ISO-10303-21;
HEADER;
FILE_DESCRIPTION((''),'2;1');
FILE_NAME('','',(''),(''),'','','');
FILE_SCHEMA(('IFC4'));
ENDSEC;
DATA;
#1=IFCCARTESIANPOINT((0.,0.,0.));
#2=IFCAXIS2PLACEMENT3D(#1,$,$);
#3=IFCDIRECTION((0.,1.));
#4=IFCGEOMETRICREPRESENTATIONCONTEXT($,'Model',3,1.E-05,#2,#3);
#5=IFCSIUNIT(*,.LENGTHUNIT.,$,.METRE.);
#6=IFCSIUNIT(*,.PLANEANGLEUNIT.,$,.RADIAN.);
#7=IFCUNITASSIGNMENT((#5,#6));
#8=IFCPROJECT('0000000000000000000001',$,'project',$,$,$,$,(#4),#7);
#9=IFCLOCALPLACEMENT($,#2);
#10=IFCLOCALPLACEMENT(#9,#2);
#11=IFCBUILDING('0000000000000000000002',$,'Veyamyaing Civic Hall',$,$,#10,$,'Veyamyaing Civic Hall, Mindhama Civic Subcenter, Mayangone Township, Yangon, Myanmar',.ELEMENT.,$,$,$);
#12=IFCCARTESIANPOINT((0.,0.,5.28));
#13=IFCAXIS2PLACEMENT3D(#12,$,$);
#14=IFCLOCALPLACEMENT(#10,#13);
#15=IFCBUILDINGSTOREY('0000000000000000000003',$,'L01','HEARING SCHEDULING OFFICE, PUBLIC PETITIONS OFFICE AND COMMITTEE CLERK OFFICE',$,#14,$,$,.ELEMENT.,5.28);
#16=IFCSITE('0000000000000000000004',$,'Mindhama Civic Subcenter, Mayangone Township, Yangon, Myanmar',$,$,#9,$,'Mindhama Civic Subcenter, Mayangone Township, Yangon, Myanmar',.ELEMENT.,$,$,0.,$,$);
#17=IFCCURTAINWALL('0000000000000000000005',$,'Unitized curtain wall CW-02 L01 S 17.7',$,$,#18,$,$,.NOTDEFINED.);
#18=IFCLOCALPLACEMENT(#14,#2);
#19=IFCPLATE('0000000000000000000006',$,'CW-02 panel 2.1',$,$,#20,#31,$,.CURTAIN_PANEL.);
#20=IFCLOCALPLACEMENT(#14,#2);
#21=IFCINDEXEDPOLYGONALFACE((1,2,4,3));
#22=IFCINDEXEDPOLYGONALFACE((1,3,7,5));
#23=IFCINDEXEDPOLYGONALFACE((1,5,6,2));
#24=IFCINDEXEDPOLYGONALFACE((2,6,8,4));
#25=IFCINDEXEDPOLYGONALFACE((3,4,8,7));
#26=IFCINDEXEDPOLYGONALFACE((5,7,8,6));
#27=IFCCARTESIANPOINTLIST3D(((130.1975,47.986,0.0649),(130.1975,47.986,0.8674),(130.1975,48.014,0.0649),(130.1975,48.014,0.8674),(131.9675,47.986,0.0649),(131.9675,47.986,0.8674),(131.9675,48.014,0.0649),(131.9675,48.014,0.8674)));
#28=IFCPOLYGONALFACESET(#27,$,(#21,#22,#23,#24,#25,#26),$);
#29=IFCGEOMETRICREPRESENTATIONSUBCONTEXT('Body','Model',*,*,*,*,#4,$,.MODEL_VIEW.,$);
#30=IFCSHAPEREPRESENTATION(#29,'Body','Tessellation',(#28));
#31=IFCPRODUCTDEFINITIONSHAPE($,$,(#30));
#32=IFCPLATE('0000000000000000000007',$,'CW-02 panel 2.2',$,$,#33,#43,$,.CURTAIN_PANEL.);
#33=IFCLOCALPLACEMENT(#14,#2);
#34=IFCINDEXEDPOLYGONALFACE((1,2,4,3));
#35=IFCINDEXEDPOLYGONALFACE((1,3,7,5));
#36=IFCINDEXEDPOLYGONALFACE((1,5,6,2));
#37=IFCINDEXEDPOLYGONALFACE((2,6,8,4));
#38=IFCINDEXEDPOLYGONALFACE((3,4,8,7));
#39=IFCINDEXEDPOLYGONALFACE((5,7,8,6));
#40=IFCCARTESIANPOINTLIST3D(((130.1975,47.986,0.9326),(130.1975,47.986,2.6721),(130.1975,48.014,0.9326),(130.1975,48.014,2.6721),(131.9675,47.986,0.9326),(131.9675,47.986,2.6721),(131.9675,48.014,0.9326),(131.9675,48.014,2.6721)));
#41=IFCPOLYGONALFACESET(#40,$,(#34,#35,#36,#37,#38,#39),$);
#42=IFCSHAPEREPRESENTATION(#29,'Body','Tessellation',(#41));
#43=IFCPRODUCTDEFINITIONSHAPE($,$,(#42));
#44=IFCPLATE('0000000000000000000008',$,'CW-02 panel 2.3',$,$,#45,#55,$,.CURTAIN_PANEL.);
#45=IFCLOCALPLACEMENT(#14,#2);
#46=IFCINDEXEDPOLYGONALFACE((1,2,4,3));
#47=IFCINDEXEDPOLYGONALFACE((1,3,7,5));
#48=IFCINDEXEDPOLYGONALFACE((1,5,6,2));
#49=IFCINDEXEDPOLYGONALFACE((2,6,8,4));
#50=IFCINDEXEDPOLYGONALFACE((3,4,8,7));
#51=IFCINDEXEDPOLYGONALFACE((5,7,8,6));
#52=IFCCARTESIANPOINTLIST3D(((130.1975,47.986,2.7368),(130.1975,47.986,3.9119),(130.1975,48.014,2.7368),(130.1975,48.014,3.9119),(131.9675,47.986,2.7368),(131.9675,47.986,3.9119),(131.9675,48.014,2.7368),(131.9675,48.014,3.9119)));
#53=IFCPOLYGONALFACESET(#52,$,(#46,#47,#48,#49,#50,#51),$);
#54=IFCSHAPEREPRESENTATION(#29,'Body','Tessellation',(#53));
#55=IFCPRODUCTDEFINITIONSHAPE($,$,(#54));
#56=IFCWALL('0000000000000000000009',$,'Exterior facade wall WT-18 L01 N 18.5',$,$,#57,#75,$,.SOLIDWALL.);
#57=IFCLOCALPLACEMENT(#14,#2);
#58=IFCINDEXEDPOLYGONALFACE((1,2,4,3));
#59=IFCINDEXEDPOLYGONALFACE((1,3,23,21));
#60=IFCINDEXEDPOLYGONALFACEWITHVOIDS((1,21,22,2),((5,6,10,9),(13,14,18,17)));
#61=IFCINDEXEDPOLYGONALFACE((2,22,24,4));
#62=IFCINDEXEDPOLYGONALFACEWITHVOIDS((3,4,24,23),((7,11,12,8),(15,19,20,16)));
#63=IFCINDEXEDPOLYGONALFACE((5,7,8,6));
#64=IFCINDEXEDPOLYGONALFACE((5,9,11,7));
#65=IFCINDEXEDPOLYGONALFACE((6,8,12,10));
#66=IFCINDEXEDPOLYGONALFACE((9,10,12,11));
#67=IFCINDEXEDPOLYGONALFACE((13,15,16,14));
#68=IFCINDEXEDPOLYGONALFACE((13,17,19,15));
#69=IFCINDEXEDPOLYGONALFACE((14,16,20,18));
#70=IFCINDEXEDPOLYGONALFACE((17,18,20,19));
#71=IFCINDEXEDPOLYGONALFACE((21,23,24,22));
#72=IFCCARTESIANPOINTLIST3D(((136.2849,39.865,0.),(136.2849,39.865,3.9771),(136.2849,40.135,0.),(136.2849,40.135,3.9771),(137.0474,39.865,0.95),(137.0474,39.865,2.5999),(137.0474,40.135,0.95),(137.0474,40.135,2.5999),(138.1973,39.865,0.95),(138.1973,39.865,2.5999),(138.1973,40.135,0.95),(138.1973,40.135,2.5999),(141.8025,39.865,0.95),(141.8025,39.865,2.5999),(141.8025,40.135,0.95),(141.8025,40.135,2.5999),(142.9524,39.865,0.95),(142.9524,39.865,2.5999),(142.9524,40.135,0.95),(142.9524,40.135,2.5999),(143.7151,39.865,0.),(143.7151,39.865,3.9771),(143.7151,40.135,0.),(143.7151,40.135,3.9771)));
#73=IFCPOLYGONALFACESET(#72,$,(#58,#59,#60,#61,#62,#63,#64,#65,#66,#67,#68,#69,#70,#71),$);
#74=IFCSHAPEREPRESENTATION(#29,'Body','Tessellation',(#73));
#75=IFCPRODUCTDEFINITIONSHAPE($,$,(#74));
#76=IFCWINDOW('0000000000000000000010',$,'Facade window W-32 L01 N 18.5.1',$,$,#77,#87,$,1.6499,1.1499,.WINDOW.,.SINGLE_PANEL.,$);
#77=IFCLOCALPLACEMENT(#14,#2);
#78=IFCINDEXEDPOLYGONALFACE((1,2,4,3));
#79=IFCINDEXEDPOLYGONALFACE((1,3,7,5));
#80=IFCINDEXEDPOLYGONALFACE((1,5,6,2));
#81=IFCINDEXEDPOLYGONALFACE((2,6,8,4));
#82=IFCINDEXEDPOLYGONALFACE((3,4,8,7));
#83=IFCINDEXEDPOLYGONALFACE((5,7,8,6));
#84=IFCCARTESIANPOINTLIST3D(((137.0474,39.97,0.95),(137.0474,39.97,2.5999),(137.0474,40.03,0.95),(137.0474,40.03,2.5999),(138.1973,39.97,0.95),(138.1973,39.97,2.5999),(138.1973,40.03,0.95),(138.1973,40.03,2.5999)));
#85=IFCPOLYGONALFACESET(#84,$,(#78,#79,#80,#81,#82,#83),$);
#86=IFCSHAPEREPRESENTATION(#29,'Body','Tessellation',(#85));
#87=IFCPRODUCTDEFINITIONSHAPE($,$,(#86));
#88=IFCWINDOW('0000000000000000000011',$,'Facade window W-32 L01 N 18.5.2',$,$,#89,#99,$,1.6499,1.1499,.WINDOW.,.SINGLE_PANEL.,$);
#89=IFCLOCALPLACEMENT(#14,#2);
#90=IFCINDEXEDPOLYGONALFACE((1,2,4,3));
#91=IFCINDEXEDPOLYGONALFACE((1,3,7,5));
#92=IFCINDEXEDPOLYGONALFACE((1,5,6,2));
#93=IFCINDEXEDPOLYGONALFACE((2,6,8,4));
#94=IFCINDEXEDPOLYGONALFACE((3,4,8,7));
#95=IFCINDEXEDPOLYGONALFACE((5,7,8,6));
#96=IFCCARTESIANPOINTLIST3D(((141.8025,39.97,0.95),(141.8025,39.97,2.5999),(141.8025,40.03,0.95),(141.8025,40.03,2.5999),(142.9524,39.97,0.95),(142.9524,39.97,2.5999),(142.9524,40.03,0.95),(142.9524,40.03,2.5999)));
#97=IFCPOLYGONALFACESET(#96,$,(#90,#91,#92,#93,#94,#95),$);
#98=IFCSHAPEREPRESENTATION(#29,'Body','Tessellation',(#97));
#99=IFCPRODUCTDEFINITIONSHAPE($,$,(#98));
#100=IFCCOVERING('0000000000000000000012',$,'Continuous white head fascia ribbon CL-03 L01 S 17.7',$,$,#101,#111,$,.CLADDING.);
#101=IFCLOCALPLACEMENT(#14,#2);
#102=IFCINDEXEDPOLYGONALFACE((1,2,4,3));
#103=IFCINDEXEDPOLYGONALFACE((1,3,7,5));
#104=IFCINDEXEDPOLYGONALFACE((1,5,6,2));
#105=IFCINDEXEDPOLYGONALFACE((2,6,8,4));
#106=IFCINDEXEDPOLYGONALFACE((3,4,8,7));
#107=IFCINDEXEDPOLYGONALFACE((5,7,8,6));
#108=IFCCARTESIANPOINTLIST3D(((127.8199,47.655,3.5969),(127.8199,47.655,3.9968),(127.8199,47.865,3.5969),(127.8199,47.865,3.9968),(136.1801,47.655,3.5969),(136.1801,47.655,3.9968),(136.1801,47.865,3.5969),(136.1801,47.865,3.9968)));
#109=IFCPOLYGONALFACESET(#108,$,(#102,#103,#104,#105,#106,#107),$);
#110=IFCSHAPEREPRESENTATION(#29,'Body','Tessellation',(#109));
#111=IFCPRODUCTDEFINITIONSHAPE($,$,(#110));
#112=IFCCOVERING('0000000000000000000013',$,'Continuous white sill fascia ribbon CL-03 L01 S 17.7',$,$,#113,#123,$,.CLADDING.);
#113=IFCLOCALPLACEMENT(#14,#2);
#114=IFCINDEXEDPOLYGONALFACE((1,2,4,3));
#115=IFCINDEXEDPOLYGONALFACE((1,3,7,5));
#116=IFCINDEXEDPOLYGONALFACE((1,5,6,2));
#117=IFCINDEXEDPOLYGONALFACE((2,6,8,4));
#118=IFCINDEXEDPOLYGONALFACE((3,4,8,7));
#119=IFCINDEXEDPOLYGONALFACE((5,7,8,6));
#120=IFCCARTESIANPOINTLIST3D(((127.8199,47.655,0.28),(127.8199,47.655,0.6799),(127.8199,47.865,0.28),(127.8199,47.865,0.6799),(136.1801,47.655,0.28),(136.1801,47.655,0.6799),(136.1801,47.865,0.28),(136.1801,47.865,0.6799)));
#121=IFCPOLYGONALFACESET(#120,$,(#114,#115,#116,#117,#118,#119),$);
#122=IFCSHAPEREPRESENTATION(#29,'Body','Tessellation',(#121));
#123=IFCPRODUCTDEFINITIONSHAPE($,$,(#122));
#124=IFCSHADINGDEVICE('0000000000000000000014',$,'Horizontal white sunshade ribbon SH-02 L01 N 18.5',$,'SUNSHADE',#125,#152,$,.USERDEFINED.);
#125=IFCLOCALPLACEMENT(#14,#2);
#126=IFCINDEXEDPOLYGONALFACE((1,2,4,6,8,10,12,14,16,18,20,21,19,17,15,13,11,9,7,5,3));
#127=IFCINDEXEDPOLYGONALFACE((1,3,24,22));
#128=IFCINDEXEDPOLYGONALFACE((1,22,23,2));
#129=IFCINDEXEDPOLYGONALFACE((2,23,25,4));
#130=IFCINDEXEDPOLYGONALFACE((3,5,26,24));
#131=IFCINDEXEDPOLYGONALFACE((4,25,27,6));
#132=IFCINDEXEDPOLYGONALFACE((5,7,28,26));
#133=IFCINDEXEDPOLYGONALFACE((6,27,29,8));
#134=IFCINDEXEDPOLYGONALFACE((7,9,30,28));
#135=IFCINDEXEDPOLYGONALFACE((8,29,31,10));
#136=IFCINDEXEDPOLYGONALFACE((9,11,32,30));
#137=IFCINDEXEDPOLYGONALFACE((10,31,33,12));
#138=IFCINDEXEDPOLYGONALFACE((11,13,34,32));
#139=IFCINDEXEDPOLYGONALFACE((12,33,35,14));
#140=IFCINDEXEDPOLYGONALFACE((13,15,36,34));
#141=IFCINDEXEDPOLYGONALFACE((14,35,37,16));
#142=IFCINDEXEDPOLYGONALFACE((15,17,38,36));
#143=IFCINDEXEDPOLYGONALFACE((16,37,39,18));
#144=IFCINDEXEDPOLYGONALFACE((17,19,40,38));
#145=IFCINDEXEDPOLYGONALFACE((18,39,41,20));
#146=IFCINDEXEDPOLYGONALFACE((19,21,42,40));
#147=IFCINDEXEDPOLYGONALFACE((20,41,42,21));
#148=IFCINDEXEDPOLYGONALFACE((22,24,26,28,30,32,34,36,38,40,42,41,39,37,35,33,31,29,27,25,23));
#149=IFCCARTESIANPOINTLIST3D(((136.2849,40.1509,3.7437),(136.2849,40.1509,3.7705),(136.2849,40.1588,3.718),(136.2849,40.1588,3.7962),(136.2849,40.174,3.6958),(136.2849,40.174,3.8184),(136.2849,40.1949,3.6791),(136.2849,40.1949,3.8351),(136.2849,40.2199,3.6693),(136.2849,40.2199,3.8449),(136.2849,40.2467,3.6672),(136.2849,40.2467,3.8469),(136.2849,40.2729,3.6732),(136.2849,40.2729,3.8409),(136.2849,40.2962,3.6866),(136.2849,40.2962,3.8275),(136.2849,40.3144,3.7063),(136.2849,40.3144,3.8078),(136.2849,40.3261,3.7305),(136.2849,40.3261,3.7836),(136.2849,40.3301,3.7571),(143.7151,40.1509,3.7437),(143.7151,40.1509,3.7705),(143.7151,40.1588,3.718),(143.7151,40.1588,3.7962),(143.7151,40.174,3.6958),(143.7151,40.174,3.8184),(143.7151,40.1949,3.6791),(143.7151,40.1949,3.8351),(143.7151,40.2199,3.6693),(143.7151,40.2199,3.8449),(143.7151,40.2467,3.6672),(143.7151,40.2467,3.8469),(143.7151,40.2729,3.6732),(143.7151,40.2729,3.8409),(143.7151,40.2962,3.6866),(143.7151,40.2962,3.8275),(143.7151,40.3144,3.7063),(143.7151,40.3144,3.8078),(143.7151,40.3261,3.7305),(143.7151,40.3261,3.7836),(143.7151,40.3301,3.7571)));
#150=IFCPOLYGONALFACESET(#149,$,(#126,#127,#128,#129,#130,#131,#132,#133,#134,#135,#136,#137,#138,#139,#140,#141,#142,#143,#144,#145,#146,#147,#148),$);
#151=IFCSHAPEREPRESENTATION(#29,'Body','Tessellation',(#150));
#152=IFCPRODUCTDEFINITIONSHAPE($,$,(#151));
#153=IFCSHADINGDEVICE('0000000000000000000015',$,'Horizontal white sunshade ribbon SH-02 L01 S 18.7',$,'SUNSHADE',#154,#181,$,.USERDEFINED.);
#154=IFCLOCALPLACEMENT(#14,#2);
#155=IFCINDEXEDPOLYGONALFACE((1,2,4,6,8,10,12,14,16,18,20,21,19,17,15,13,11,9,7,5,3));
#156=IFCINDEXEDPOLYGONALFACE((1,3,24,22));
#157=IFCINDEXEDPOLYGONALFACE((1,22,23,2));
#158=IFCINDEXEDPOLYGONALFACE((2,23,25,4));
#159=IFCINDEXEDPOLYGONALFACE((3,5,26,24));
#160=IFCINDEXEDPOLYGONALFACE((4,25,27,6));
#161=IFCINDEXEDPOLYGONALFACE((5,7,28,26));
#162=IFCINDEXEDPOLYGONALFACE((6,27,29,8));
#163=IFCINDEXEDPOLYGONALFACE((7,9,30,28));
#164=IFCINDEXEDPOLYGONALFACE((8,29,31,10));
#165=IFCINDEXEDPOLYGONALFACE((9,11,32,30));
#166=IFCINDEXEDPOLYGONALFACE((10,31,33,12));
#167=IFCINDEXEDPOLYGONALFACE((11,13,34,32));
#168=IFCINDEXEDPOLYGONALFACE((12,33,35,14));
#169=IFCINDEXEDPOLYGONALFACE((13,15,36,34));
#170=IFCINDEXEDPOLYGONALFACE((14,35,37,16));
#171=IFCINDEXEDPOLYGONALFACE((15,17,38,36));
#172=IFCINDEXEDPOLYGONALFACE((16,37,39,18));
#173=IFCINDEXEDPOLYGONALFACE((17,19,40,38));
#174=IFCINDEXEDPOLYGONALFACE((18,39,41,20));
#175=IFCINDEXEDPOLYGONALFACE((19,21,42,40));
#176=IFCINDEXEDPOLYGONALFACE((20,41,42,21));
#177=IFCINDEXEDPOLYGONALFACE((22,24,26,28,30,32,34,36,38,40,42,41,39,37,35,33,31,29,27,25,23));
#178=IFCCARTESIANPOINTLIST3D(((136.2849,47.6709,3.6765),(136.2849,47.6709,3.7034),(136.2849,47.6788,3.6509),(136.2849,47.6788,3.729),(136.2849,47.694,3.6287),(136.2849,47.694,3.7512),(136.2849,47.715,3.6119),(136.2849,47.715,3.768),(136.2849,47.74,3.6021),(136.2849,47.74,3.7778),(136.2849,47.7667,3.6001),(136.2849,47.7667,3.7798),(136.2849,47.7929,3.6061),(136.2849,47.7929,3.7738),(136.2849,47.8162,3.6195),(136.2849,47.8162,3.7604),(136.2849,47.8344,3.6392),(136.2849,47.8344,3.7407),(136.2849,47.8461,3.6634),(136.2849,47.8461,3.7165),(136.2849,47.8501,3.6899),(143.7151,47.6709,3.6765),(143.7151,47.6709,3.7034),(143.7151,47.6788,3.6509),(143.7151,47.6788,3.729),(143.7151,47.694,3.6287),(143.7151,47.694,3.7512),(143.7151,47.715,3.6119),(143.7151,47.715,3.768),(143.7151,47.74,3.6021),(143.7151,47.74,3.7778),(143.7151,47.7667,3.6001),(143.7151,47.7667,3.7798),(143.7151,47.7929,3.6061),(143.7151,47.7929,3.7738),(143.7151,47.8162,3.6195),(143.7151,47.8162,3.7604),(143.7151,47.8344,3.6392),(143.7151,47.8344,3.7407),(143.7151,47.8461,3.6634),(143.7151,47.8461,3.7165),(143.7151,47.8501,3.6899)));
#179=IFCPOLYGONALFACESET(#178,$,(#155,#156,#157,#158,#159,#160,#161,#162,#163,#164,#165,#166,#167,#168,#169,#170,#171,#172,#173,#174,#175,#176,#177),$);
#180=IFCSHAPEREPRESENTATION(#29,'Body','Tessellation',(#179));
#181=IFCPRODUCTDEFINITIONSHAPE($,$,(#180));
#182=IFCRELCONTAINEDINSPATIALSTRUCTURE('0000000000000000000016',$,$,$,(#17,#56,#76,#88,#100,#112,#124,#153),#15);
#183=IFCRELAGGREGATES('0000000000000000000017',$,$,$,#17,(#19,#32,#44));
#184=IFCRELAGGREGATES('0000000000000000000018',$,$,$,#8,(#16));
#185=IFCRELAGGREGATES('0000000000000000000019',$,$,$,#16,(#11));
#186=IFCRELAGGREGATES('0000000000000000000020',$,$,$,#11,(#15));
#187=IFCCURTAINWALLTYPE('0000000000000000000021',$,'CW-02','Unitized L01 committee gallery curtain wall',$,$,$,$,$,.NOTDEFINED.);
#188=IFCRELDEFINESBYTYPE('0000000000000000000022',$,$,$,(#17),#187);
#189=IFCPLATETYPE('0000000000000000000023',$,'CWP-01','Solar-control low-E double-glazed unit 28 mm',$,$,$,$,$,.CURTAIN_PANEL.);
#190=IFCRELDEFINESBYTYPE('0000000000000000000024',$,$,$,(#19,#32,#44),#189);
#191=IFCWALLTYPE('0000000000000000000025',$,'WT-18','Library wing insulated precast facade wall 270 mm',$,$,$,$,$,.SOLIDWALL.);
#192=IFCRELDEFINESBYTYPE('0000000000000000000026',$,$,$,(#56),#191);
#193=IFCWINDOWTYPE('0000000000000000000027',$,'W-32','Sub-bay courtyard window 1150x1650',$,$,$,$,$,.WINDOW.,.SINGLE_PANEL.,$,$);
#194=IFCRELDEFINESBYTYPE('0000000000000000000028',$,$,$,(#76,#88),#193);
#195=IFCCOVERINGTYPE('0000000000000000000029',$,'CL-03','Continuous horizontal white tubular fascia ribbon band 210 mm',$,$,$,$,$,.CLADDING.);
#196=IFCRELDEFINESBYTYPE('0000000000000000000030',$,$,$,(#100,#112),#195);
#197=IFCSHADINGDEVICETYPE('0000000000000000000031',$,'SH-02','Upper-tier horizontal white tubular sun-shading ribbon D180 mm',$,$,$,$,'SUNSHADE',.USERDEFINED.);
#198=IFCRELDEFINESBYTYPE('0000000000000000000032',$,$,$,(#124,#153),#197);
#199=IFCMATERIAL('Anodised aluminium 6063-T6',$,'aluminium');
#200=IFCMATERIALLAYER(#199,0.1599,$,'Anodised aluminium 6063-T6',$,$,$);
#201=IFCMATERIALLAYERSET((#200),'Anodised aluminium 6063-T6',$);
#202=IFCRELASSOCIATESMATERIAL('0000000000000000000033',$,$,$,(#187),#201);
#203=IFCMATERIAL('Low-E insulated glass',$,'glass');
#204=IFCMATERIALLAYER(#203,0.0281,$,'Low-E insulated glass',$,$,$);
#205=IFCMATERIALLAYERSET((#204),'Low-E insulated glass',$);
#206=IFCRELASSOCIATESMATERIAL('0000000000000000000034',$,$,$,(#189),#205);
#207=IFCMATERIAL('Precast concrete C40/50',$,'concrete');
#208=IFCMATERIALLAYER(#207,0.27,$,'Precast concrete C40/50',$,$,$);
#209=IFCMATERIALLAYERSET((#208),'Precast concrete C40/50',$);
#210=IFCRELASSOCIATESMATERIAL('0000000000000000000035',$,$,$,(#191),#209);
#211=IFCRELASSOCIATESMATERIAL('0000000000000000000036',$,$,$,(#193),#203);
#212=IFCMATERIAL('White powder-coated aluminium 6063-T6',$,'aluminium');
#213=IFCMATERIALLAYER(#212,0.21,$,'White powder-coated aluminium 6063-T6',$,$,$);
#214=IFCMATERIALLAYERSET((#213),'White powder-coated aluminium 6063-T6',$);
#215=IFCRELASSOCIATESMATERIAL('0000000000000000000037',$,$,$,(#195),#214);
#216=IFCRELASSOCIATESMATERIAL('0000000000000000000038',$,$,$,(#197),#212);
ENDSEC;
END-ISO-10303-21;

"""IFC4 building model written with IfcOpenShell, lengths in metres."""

from ifc_helpers import new_model, si_unit, direction, frame, frame_2d, origin, origin_2d, place, context, subcontext, project, spatial, rectangle, circle, extrude, material, layer, layer_set, material_profile, profile_set, type_object, element, fill, aggregate, save


model = new_model("IFC4")

# Units and contexts
model_context = context("Model", 3, precision=1e-05, world=origin(), true_north=direction((0.0, 1.0)))
body_context = subcontext(model_context, "Body", "Model", "MODEL_VIEW")
ifc_project = project(units=[si_unit("LENGTHUNIT", "METRE"), si_unit("PLANEANGLEUNIT", "RADIAN")], contexts=[model_context])

# Site, building, storey
site_placement = place(None, origin())
site = spatial("IfcSite", under=ifc_project, at=site_placement, Name="Mindhama Civic Subcenter, Mayangone Township, Yangon, Myanmar", LongName="Mindhama Civic Subcenter, Mayangone Township, Yangon, Myanmar", CompositionType="ELEMENT", RefElevation=0.0)
building_placement = place(site_placement, origin())
building = spatial("IfcBuilding", under=site, at=building_placement, Name="Veyamyaing Civic Hall", LongName="Veyamyaing Civic Hall, Mindhama Civic Subcenter, Mayangone Township, Yangon, Myanmar", CompositionType="ELEMENT")
storey_placement = place(building_placement, frame((0.0, 0.0, 5.28)))
storey = spatial("IfcBuildingStorey", under=building, at=storey_placement, Name="L01", Description="HEARING SCHEDULING OFFICE, PUBLIC PETITIONS OFFICE AND COMMITTEE CLERK OFFICE", CompositionType="ELEMENT", Elevation=5.28)

# Curtain wall
ifc_material_1 = material(Name="Anodised aluminium 6063-T6", Category="aluminium")
ifc_layer_1 = layer(ifc_material_1, 0.1599, Name="Anodised aluminium 6063-T6")
ifc_layer_set_1 = layer_set([ifc_layer_1], Name="Anodised aluminium 6063-T6")
curtain_wall_type = type_object("IfcCurtainWallType", Name="CW-02", Description="Unitized L01 committee gallery curtain wall", PredefinedType="NOTDEFINED", material=ifc_layer_set_1)
curtain_wall_placement = place(storey_placement, origin())
curtain_wall = element("IfcCurtainWall", 1, at=curtain_wall_placement, inside=storey, type_object=curtain_wall_type, Name="Unitized curtain wall CW-02 L01 S 17.7", PredefinedType="NOTDEFINED")

# Plates
ifc_material_2 = material(Name="Low-E insulated glass", Category="glass")
ifc_layer_2 = layer(ifc_material_2, 0.0281, Name="Low-E insulated glass")
ifc_layer_set_2 = layer_set([ifc_layer_2], Name="Low-E insulated glass")
plate_type = type_object("IfcPlateType", Name="CWP-01", Description="Solar-control low-E double-glazed unit 28 mm", PredefinedType="CURTAIN_PANEL", material=ifc_layer_set_2)
plate_1_placement = place(storey_placement, frame((131.0825, 48.0, 0.0649), z_axis=(0.0, 0.0, 1.0), x_axis=(1.0, 0.0, 0.0)))
plate_1 = element("IfcPlate", 2, at=plate_1_placement, type_object=plate_type, Name="CW-02 panel 2.1", PredefinedType="CURTAIN_PANEL", context=body_context, shape_type="SweptSolid", body=[
    extrude(rectangle(XDim=1.77, YDim=0.0281, at=origin_2d()), origin(), (0.0, 0.0, 1.0), 0.8025),
])
plate_2_placement = place(storey_placement, frame((131.0825, 48.0, 0.9326), z_axis=(0.0, 0.0, 1.0), x_axis=(1.0, 0.0, 0.0)))
plate_2 = element("IfcPlate", 3, at=plate_2_placement, type_object=plate_type, Name="CW-02 panel 2.2", PredefinedType="CURTAIN_PANEL", context=body_context, shape_type="SweptSolid", body=[
    extrude(rectangle(XDim=1.77, YDim=0.0281, at=origin_2d()), origin(), (0.0, 0.0, 1.0), 1.7395),
])
plate_3_placement = place(storey_placement, frame((131.0825, 48.0, 2.7368), z_axis=(0.0, 0.0, 1.0), x_axis=(1.0, 0.0, 0.0)))
plate_3 = element("IfcPlate", 4, at=plate_3_placement, type_object=plate_type, Name="CW-02 panel 2.3", PredefinedType="CURTAIN_PANEL", context=body_context, shape_type="SweptSolid", body=[
    extrude(rectangle(XDim=1.77, YDim=0.0281, at=origin_2d()), origin(), (0.0, 0.0, 1.0), 1.175),
])
aggregate(curtain_wall, [plate_1, plate_2, plate_3])

# Wall, openings, windows
ifc_material_3 = material(Name="Precast concrete C40/50", Category="concrete")
ifc_layer_3 = layer(ifc_material_3, 0.27, Name="Precast concrete C40/50")
ifc_layer_set_3 = layer_set([ifc_layer_3], Name="Precast concrete C40/50")
wall_type = type_object("IfcWallType", Name="WT-18", Description="Library wing insulated precast facade wall 270 mm", PredefinedType="SOLIDWALL", material=ifc_layer_set_3)
wall_placement = place(storey_placement, frame((136.2849, 40.0, 0.0), z_axis=(0.0, 0.0, 1.0), x_axis=(1.0, 0.0, 0.0)))
wall = element("IfcWall", 5, at=wall_placement, inside=storey, type_object=wall_type, Name="Exterior facade wall WT-18 L01 N 18.5", PredefinedType="SOLIDWALL", context=body_context, shape_type="SweptSolid", body=[
    extrude(rectangle(XDim=7.4302, YDim=0.27, at=frame_2d((3.7151, 0.0))), origin(), (0.0, 0.0, 1.0), 3.9771),
])
opening_1_placement = place(wall_placement, frame((0.7625, 0.0, 0.95)))
opening_1 = element("IfcOpeningElement", 6, at=opening_1_placement, cuts=wall, PredefinedType="OPENING", context=body_context, shape_type="SweptSolid", body=[
    extrude(rectangle(XDim=1.1499, YDim=1.6499, at=frame_2d((0.575, 0.825))), frame((0.0, 0.145, 0.0), z_axis=(0.0, -1.0, 0.0), x_axis=(1.0, 0.0, 0.0)), (0.0, 0.0, 1.0), 0.29),
])
opening_2_placement = place(wall_placement, frame((5.5176, 0.0, 0.95)))
opening_2 = element("IfcOpeningElement", 7, at=opening_2_placement, cuts=wall, PredefinedType="OPENING", context=body_context, shape_type="SweptSolid", body=[
    extrude(rectangle(XDim=1.1499, YDim=1.6499, at=frame_2d((0.575, 0.825))), frame((0.0, 0.145, 0.0), z_axis=(0.0, -1.0, 0.0), x_axis=(1.0, 0.0, 0.0)), (0.0, 0.0, 1.0), 0.29),
])
window_type = type_object("IfcWindowType", Name="W-32", Description="Sub-bay courtyard window 1150x1650", PartitioningType="SINGLE_PANEL", PredefinedType="WINDOW", material=ifc_material_2)
window_1_placement = place(opening_1_placement, origin())
window_1 = element("IfcWindow", 8, at=window_1_placement, inside=storey, type_object=window_type, Name="Facade window W-32 L01 N 18.5.1", OverallHeight=1.6499, OverallWidth=1.1499, PartitioningType="SINGLE_PANEL", PredefinedType="WINDOW", context=body_context, shape_type="SweptSolid", body=[
    extrude(rectangle(XDim=1.1499, YDim=1.6499, at=frame_2d((0.575, 0.825))), frame((0.0, 0.03, 0.0), z_axis=(0.0, -1.0, 0.0), x_axis=(1.0, 0.0, 0.0)), (0.0, 0.0, 1.0), 0.0601),
])
fill(opening_1, window_1)
window_2_placement = place(opening_2_placement, origin())
window_2 = element("IfcWindow", 9, at=window_2_placement, inside=storey, type_object=window_type, Name="Facade window W-32 L01 N 18.5.2", OverallHeight=1.6499, OverallWidth=1.1499, PartitioningType="SINGLE_PANEL", PredefinedType="WINDOW", context=body_context, shape_type="SweptSolid", body=[
    extrude(rectangle(XDim=1.1499, YDim=1.6499, at=frame_2d((0.575, 0.825))), frame((0.0, 0.03, 0.0), z_axis=(0.0, -1.0, 0.0), x_axis=(1.0, 0.0, 0.0)), (0.0, 0.0, 1.0), 0.0601),
])
fill(opening_2, window_2)

# Coverings
ifc_material_4 = material(Name="White powder-coated aluminium 6063-T6", Category="aluminium")
ifc_layer_4 = layer(ifc_material_4, 0.21, Name="White powder-coated aluminium 6063-T6")
ifc_layer_set_4 = layer_set([ifc_layer_4], Name="White powder-coated aluminium 6063-T6")
covering_type = type_object("IfcCoveringType", Name="CL-03", Description="Continuous horizontal white tubular fascia ribbon band 210 mm", PredefinedType="CLADDING", material=ifc_layer_set_4)
for number, where, z_axis, x_axis, name in (
    (10, (132.0, 47.76, 3.5969), (0.0, 0.0, 1.0), (1.0, 0.0, 0.0), "Continuous white head fascia ribbon CL-03 L01 S 17.7"),
    (11, (132.0, 47.76, 0.28), (0.0, 0.0, 1.0), (1.0, 0.0, 0.0), "Continuous white sill fascia ribbon CL-03 L01 S 17.7"),
):
    element("IfcCovering", number, at=place(storey_placement, frame(where, z_axis=z_axis, x_axis=x_axis)), inside=storey, type_object=covering_type, Name=name, PredefinedType="CLADDING", context=body_context, shape_type="SweptSolid", body=[
        extrude(rectangle(XDim=8.3601, YDim=0.21, at=origin_2d()), origin(), (0.0, 0.0, 1.0), 0.3999),
    ])

# Shading devices
ifc_material_profile_1 = material_profile(ifc_material_4, circle(Radius=0.0901, at=origin_2d()), Name="SHADE-TUBE-180")
ifc_profile_set_1 = profile_set([ifc_material_profile_1], Name="White powder-coated aluminium 6063-T6")
shading_device_type = type_object("IfcShadingDeviceType", Name="SH-02", Description="Upper-tier horizontal white tubular sun-shading ribbon D180 mm", ElementType="SUNSHADE", PredefinedType="USERDEFINED", material=ifc_profile_set_1)
for number, where, z_axis, x_axis, name in (
    (12, (136.2849, 40.24, 3.7571), (1.0, 0.0, 0.0), (0.0, 1.0, 0.0), "Horizontal white sunshade ribbon SH-02 L01 N 18.5"),
    (13, (136.2849, 47.76, 3.6899), (1.0, 0.0, 0.0), (0.0, 1.0, 0.0), "Horizontal white sunshade ribbon SH-02 L01 S 18.7"),
):
    element("IfcShadingDevice", number, at=place(storey_placement, frame(where, z_axis=z_axis, x_axis=x_axis)), inside=storey, type_object=shading_device_type, Name=name, ObjectType="SUNSHADE", PredefinedType="USERDEFINED", context=body_context, shape_type="SweptSolid", body=[
        extrude(circle(Radius=0.0901, at=origin_2d()), origin(), (0.0, 0.0, 1.0), 7.4302),
    ])

save(model, "model.ifc")
